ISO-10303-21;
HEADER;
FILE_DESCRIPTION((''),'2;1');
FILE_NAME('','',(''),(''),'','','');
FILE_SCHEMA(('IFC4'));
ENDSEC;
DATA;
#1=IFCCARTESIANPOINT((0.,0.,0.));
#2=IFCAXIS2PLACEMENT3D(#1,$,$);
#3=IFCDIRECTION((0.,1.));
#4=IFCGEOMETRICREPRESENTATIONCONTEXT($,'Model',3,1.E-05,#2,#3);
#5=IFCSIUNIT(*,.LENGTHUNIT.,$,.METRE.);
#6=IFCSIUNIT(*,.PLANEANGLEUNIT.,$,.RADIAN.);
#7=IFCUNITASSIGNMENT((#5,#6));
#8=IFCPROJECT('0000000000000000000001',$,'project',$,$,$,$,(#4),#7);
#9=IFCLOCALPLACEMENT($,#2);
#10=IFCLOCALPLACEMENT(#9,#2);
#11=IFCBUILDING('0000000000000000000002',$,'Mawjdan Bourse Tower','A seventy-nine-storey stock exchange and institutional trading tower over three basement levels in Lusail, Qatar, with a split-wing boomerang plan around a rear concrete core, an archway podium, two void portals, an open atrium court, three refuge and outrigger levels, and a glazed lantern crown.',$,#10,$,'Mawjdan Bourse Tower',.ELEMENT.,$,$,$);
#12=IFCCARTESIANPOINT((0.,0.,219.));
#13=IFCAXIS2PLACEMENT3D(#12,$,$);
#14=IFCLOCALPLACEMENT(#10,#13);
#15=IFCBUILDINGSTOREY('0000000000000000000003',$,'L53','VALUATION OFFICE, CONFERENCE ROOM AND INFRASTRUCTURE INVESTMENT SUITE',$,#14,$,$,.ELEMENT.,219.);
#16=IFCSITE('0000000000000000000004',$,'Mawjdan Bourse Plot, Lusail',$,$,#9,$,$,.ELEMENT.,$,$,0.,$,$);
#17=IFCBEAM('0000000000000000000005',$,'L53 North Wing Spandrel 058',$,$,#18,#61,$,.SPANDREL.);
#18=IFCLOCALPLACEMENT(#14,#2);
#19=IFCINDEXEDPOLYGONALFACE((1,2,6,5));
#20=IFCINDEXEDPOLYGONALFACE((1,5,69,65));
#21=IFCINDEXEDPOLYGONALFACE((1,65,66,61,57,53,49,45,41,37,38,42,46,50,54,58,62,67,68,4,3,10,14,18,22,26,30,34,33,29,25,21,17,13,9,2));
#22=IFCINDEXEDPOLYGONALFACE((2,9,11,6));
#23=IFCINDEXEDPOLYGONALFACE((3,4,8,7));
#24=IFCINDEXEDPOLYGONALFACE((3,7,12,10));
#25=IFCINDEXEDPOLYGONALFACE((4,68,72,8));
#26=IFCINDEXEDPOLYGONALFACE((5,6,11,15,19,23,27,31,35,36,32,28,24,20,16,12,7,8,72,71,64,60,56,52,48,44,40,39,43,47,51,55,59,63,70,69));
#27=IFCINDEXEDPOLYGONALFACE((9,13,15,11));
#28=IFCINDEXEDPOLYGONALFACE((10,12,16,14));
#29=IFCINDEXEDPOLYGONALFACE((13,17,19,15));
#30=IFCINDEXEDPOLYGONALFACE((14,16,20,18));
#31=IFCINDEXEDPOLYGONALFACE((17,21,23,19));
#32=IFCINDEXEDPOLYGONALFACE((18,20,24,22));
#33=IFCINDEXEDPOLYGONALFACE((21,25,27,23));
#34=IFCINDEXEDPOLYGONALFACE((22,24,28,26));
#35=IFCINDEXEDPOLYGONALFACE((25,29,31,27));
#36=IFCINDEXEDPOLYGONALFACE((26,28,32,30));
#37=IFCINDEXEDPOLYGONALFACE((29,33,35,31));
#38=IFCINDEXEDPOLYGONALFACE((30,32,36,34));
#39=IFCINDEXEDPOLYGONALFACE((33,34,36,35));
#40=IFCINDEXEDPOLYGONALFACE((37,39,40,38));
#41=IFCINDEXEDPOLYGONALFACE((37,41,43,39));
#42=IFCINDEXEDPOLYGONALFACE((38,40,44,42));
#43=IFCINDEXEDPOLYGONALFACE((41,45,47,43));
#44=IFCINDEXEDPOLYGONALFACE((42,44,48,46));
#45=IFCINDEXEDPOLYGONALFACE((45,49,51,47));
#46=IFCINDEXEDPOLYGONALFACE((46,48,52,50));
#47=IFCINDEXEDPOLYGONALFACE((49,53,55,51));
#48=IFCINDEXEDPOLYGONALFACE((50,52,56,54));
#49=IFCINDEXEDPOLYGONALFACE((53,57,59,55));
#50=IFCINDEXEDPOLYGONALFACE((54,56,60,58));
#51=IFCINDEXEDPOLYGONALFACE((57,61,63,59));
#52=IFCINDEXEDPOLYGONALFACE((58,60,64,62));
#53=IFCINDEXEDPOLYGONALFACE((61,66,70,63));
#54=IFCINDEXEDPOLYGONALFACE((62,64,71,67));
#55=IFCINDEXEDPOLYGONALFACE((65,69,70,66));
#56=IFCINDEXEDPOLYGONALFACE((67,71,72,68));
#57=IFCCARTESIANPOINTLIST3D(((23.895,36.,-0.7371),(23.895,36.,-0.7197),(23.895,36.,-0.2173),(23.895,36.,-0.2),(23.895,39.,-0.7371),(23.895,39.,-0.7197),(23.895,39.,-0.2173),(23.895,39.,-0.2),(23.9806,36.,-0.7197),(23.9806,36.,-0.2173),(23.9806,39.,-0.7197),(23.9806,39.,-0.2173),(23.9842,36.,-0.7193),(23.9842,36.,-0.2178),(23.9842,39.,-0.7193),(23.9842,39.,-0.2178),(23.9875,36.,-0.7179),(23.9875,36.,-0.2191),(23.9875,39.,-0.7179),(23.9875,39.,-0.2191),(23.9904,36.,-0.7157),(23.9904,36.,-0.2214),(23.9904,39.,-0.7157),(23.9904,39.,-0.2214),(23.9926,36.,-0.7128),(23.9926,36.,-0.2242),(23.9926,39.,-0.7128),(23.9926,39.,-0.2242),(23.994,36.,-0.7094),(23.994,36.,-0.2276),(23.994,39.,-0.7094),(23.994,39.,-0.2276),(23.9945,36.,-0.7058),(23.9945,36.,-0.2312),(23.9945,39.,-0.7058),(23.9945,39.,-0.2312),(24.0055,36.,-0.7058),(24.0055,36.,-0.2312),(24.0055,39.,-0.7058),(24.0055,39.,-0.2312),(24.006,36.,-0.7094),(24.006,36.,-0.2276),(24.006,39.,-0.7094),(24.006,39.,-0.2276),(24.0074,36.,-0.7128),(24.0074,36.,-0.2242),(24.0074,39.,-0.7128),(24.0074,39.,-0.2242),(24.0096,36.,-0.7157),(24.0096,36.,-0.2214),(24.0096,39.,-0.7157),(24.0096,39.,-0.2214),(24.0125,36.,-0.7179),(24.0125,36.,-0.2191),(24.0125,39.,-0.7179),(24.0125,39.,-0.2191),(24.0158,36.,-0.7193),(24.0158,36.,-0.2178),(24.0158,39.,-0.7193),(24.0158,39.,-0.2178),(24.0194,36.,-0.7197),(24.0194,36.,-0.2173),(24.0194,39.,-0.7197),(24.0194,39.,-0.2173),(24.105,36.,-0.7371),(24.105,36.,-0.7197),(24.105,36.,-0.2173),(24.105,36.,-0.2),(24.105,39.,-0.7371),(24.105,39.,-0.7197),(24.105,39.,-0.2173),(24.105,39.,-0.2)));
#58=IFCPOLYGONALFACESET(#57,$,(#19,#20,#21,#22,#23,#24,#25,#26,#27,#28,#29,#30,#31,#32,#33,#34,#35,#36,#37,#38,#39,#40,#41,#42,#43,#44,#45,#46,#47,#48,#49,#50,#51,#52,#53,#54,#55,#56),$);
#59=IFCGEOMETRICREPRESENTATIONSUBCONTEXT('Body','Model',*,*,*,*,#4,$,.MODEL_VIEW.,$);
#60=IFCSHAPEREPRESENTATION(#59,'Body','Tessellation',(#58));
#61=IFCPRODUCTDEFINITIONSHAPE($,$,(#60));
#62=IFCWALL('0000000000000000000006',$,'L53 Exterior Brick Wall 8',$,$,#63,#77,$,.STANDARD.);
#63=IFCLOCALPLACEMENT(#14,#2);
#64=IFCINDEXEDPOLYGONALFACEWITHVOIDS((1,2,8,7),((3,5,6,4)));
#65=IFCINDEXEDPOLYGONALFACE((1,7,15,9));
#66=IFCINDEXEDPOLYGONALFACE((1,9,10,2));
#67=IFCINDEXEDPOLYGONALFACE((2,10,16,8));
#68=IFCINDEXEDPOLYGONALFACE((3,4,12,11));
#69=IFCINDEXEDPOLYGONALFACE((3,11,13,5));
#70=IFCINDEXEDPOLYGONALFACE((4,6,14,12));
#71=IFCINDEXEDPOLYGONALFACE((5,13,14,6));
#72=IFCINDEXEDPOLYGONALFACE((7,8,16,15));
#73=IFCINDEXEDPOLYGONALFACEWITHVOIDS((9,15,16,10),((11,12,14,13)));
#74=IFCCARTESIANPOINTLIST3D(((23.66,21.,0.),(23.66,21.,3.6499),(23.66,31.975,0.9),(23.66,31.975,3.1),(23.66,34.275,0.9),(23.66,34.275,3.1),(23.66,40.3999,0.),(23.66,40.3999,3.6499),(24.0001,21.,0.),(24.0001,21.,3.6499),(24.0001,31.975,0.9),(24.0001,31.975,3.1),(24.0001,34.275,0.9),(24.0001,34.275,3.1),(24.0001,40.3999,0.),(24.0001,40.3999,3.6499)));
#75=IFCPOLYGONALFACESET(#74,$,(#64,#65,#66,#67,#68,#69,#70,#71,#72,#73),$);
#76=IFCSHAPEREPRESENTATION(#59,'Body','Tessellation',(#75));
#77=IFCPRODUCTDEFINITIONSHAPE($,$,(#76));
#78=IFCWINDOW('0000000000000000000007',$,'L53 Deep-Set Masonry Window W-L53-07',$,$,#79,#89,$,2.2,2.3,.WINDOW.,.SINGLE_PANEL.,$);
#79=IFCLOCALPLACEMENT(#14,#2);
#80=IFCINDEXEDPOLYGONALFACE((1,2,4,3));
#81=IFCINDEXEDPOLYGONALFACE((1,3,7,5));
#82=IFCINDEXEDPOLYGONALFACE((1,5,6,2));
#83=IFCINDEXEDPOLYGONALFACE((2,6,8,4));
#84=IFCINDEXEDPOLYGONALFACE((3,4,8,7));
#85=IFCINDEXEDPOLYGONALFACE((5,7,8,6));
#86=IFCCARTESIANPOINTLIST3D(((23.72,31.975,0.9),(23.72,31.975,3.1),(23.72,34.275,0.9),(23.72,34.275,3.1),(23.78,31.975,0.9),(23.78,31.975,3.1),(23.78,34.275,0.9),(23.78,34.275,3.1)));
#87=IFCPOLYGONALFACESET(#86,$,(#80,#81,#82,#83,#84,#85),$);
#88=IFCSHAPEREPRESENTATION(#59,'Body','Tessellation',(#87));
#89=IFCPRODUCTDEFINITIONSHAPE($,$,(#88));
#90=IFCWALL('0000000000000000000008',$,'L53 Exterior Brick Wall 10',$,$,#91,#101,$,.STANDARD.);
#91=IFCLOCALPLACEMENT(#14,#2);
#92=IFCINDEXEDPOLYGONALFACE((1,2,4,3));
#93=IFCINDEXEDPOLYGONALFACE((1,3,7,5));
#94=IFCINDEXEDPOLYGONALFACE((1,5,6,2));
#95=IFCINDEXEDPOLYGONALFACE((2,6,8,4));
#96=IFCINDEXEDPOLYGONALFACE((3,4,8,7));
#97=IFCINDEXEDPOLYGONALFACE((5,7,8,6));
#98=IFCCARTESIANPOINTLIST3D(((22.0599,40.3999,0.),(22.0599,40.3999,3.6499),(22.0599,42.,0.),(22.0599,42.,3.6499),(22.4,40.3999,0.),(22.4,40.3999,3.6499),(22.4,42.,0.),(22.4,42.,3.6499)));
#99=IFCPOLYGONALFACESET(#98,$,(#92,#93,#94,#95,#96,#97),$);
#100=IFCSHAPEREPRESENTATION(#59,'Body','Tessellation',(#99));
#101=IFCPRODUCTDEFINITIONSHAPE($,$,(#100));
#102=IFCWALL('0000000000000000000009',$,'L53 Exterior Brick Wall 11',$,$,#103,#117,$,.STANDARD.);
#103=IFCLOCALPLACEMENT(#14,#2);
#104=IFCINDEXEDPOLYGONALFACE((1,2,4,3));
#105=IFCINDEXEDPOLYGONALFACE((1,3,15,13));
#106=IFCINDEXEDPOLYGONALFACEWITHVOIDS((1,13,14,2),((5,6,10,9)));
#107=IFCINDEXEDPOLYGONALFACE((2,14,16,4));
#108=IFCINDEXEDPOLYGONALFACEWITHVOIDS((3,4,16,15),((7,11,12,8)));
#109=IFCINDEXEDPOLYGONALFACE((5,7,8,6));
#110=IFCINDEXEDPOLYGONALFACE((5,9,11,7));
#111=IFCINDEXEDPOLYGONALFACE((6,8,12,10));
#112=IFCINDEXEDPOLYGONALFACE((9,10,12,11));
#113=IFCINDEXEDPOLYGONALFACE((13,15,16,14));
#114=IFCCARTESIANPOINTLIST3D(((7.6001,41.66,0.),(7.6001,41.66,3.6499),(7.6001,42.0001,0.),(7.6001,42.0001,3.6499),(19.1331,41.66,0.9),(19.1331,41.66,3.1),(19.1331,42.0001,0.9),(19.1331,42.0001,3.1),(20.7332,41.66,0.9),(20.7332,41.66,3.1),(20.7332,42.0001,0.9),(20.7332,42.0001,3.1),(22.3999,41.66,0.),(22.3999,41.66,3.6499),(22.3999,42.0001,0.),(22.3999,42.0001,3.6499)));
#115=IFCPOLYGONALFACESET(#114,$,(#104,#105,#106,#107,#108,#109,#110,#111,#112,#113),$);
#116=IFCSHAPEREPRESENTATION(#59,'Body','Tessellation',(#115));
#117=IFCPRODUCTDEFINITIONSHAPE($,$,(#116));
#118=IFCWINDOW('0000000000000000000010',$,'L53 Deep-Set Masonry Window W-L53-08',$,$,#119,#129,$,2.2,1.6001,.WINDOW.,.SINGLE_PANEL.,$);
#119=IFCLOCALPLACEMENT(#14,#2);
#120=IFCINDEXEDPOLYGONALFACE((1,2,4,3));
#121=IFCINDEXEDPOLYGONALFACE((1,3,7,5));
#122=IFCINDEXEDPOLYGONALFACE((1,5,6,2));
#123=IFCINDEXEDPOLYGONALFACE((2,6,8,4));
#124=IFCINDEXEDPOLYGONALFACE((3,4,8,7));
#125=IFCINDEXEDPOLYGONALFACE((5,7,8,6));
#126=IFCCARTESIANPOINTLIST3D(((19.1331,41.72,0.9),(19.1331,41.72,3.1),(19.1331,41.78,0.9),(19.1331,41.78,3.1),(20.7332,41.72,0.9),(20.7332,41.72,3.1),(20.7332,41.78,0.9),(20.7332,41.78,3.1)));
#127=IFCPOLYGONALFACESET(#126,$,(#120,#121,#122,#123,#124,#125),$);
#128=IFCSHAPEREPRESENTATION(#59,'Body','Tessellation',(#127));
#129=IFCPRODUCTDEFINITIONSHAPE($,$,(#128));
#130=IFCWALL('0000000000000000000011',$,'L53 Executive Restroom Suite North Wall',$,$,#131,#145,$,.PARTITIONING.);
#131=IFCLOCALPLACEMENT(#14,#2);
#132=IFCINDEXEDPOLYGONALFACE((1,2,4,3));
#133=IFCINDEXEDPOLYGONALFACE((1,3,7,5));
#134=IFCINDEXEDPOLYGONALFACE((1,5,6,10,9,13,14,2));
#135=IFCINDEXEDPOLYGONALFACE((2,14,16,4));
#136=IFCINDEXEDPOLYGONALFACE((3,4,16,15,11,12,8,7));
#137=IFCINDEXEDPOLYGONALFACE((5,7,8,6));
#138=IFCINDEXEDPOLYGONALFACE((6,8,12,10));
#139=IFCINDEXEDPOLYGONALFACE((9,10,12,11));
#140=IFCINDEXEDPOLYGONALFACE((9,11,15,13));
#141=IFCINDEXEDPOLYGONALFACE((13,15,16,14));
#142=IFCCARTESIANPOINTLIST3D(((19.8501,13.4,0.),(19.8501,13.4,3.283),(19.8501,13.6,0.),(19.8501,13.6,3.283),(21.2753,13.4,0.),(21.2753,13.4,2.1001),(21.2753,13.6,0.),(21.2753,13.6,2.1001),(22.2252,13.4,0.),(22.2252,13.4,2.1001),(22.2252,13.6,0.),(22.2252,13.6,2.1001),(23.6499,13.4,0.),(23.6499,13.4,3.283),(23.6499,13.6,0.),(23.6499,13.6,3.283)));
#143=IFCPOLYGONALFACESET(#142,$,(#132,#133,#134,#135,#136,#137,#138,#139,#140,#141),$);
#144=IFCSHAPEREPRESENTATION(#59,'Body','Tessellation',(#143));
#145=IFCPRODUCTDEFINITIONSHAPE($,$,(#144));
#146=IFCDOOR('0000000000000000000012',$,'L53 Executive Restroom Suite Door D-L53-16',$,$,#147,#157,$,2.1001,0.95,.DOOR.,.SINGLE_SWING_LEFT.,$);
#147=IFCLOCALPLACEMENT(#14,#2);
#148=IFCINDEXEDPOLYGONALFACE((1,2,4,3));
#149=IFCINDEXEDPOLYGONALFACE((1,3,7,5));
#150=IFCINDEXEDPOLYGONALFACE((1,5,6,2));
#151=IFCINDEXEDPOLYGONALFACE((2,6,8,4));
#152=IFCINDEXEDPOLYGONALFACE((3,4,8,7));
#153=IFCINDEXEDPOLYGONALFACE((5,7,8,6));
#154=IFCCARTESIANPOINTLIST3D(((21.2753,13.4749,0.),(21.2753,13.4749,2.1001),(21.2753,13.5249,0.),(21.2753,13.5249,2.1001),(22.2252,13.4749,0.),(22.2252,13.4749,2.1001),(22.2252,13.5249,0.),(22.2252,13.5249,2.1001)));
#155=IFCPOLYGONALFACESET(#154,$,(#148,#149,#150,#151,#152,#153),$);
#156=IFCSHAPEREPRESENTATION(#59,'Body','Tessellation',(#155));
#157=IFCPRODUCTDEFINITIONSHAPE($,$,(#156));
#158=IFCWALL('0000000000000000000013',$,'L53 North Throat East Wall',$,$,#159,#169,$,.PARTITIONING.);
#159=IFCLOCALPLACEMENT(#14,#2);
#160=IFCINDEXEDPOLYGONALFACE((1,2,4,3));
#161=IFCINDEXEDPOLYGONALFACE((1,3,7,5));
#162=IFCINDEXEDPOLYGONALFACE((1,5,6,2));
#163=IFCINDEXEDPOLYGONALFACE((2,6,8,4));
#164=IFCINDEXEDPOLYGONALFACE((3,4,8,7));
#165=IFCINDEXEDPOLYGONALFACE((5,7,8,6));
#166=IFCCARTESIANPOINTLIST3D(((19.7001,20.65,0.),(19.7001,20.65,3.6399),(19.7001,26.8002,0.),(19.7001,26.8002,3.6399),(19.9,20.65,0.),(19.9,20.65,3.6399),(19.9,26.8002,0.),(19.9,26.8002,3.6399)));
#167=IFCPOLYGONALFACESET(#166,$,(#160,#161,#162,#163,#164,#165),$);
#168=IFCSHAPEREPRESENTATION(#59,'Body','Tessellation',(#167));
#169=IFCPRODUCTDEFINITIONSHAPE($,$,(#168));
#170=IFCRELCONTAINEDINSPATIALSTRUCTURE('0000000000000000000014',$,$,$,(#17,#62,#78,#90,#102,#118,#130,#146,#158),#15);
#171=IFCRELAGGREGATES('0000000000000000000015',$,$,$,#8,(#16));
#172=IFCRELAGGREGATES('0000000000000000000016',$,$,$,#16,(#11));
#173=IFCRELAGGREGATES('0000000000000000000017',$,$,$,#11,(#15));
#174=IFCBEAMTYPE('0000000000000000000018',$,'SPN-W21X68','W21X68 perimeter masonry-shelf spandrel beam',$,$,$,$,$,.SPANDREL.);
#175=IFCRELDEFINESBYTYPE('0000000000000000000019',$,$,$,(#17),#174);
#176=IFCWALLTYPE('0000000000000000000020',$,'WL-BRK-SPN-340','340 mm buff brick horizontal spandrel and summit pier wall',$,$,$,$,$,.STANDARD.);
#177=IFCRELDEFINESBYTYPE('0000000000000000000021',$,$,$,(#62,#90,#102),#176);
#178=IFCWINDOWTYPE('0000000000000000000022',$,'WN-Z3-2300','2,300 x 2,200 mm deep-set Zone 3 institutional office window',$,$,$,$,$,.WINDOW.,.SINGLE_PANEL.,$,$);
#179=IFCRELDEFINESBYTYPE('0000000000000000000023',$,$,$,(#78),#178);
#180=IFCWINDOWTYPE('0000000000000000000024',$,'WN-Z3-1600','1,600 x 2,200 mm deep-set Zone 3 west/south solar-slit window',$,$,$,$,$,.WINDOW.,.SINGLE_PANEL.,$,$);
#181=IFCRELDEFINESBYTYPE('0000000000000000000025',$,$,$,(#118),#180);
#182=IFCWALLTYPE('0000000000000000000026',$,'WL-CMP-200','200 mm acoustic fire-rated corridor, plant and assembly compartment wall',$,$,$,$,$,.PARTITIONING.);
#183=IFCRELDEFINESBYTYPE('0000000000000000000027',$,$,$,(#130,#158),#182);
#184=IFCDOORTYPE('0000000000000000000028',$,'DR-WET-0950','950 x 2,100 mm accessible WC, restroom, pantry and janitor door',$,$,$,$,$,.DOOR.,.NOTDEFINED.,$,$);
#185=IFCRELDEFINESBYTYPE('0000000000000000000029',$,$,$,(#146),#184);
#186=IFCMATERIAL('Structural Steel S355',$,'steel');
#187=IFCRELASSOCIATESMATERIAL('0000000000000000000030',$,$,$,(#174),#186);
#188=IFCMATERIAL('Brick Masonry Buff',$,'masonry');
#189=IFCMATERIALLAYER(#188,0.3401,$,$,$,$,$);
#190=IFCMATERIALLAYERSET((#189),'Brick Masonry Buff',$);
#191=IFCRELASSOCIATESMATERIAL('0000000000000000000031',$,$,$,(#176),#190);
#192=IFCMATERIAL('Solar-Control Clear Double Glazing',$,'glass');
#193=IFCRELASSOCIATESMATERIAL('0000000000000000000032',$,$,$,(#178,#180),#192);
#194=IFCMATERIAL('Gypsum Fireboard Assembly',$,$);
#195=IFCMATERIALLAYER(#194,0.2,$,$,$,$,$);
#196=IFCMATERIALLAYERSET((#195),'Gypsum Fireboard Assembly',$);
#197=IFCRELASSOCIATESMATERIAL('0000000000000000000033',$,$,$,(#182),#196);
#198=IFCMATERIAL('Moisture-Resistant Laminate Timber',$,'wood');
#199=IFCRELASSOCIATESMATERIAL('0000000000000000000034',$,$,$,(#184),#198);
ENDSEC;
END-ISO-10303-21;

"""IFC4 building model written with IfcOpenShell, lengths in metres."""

from ifc_helpers import new_model, si_unit, direction, frame, frame_2d, origin, origin_2d, place, context, subcontext, project, spatial, rectangle, i_section, extrude, material, layer, layer_set, material_profile, profile_set, type_object, element, fill, save


model = new_model("IFC4")

# Units and contexts
model_context = context("Model", 3, precision=1e-05, world=origin(), true_north=direction((0.0, 1.0)))
body_context = subcontext(model_context, "Body", "Model", "MODEL_VIEW")
ifc_project = project(units=[si_unit("LENGTHUNIT", "METRE"), si_unit("PLANEANGLEUNIT", "RADIAN")], contexts=[model_context])

# Site, building, storey
site_placement = place(None, origin())
site = spatial("IfcSite", under=ifc_project, at=site_placement, Name="Mawjdan Bourse Plot, Lusail", CompositionType="ELEMENT", RefElevation=0.0)
building_placement = place(site_placement, origin())
building = spatial("IfcBuilding", under=site, at=building_placement, Name="Mawjdan Bourse Tower", Description="A seventy-nine-storey stock exchange and institutional trading tower over three basement levels in Lusail, Qatar, with a split-wing boomerang plan around a rear concrete core, an archway podium, two void portals, an open atrium court, three refuge and outrigger levels, and a glazed lantern crown.", LongName="Mawjdan Bourse Tower", CompositionType="ELEMENT")
storey_placement = place(building_placement, frame((0.0, 0.0, 219.0)))
storey = spatial("IfcBuildingStorey", under=building, at=storey_placement, Name="L53", Description="VALUATION OFFICE, CONFERENCE ROOM AND INFRASTRUCTURE INVESTMENT SUITE", CompositionType="ELEMENT", Elevation=219.0)

# Beam
ifc_material_1 = material(Name="Structural Steel S355", Category="steel")
ifc_material_profile_1 = material_profile(ifc_material_1, i_section(OverallWidth=0.21, OverallDepth=0.5371, WebThickness=0.011, FlangeThickness=0.0173, FilletRadius=0.0139, at=origin_2d()), Name="W21X68")
ifc_profile_set_1 = profile_set([ifc_material_profile_1], Name="Structural Steel S355")
beam_type_1 = type_object("IfcBeamType", Name="SPN-W21X68", Description="W21X68 perimeter masonry-shelf spandrel beam", PredefinedType="SPANDREL", material=ifc_profile_set_1)
beam_1_placement = place(storey_placement, frame((24.0, 36.0, -0.4685), z_axis=(0.0, 1.0, 0.0), x_axis=(-1.0, 0.0, 0.0)))
element("IfcBeam", 1, at=beam_1_placement, inside=storey, type_object=beam_type_1, Name="L53 North Wing Spandrel 058", PredefinedType="SPANDREL", context=body_context, shape_type="SweptSolid", body=[
    extrude(i_section(OverallWidth=0.21, OverallDepth=0.5371, WebThickness=0.011, FlangeThickness=0.0173, FilletRadius=0.0139, at=origin_2d()), origin(), (0.0, 0.0, 1.0), 3.0),
])

# Wall, opening, window
ifc_material_2 = material(Name="Brick Masonry Buff", Category="masonry")
ifc_layer_1 = layer(ifc_material_2, 0.3401)
ifc_layer_set_1 = layer_set([ifc_layer_1], Name="Brick Masonry Buff")
wall_type_1 = type_object("IfcWallType", Name="WL-BRK-SPN-340", Description="340 mm buff brick horizontal spandrel and summit pier wall", PredefinedType="STANDARD", material=ifc_layer_set_1)
wall_1_placement = place(storey_placement, frame((23.8301, 21.0, 0.0), z_axis=(0.0, 0.0, 1.0), x_axis=(0.0, 1.0, 0.0)))
wall_1 = element("IfcWall", 2, at=wall_1_placement, inside=storey, type_object=wall_type_1, Name="L53 Exterior Brick Wall 8", PredefinedType="STANDARD", context=body_context, shape_type="SweptSolid", body=[
    extrude(rectangle(XDim=19.3999, YDim=0.3401, at=frame_2d((9.7, 0.0))), origin(), (0.0, 0.0, 1.0), 3.6499),
])
opening_1_placement = place(wall_1_placement, frame((10.9751, 0.0, 0.8999)))
opening_1 = element("IfcOpeningElement", 3, at=opening_1_placement, cuts=wall_1, PredefinedType="OPENING", context=body_context, shape_type="SweptSolid", body=[
    extrude(rectangle(XDim=2.3, YDim=2.2, at=frame_2d((1.1499, 1.1001))), frame((0.0, 0.1802, 0.0), z_axis=(0.0, -1.0, 0.0), x_axis=(1.0, 0.0, 0.0)), (0.0, 0.0, 1.0), 0.3601),
])
ifc_material_3 = material(Name="Solar-Control Clear Double Glazing", Category="glass")
window_type_1 = type_object("IfcWindowType", Name="WN-Z3-2300", Description="2,300 x 2,200 mm deep-set Zone 3 institutional office window", PartitioningType="SINGLE_PANEL", PredefinedType="WINDOW", material=ifc_material_3)
window_1_placement = place(opening_1_placement, origin())
window_1 = element("IfcWindow", 4, at=window_1_placement, inside=storey, type_object=window_type_1, Name="L53 Deep-Set Masonry Window W-L53-07", OverallHeight=2.2, OverallWidth=2.3, PartitioningType="SINGLE_PANEL", PredefinedType="WINDOW", context=body_context, shape_type="SweptSolid", body=[
    extrude(rectangle(XDim=2.3, YDim=2.2, at=frame_2d((1.1499, 1.1001))), frame((0.0, 0.1101, 0.0), z_axis=(0.0, -1.0, 0.0), x_axis=(1.0, 0.0, 0.0)), (0.0, 0.0, 1.0), 0.0601),
])
fill(opening_1, window_1)

# Wall
wall_2_placement = place(storey_placement, frame((22.23, 40.3999, 0.0), z_axis=(0.0, 0.0, 1.0), x_axis=(0.0, 1.0, 0.0)))
element("IfcWall", 5, at=wall_2_placement, inside=storey, type_object=wall_type_1, Name="L53 Exterior Brick Wall 10", PredefinedType="STANDARD", context=body_context, shape_type="SweptSolid", body=[
    extrude(rectangle(XDim=1.6001, YDim=0.3401, at=frame_2d((0.8, 0.0))), origin(), (0.0, 0.0, 1.0), 3.6499),
])

# Wall, opening, window
wall_3_placement = place(storey_placement, frame((22.3999, 41.8301, 0.0), z_axis=(0.0, 0.0, 1.0), x_axis=(-1.0, 0.0, 0.0)))
wall_3 = element("IfcWall", 6, at=wall_3_placement, inside=storey, type_object=wall_type_1, Name="L53 Exterior Brick Wall 11", PredefinedType="STANDARD", context=body_context, shape_type="SweptSolid", body=[
    extrude(rectangle(XDim=14.7998, YDim=0.3401, at=frame_2d((7.3999, 0.0))), origin(), (0.0, 0.0, 1.0), 3.6499),
])
opening_2_placement = place(wall_3_placement, frame((1.6667, 0.0, 0.8999)))
opening_2 = element("IfcOpeningElement", 7, at=opening_2_placement, cuts=wall_3, PredefinedType="OPENING", context=body_context, shape_type="SweptSolid", body=[
    extrude(rectangle(XDim=1.6001, YDim=2.2, at=frame_2d((0.8, 1.1001))), frame((0.0, 0.1802, 0.0), z_axis=(0.0, -1.0, 0.0), x_axis=(1.0, 0.0, 0.0)), (0.0, 0.0, 1.0), 0.3601),
])
window_type_2 = type_object("IfcWindowType", Name="WN-Z3-1600", Description="1,600 x 2,200 mm deep-set Zone 3 west/south solar-slit window", PartitioningType="SINGLE_PANEL", PredefinedType="WINDOW", material=ifc_material_3)
window_2_placement = place(opening_2_placement, origin())
window_2 = element("IfcWindow", 8, at=window_2_placement, inside=storey, type_object=window_type_2, Name="L53 Deep-Set Masonry Window W-L53-08", OverallHeight=2.2, OverallWidth=1.6001, PartitioningType="SINGLE_PANEL", PredefinedType="WINDOW", context=body_context, shape_type="SweptSolid", body=[
    extrude(rectangle(XDim=1.6001, YDim=2.2, at=frame_2d((0.8, 1.1001))), frame((0.0, 0.1101, 0.0), z_axis=(0.0, -1.0, 0.0), x_axis=(1.0, 0.0, 0.0)), (0.0, 0.0, 1.0), 0.0601),
])
fill(opening_2, window_2)

# Wall, opening, door
ifc_material_4 = material(Name="Gypsum Fireboard Assembly")
ifc_layer_2 = layer(ifc_material_4, 0.2)
ifc_layer_set_2 = layer_set([ifc_layer_2], Name="Gypsum Fireboard Assembly")
wall_type_2 = type_object("IfcWallType", Name="WL-CMP-200", Description="200 mm acoustic fire-rated corridor, plant and assembly compartment wall", PredefinedType="PARTITIONING", material=ifc_layer_set_2)
wall_4_placement = place(storey_placement, frame((19.8501, 13.5, 0.0), z_axis=(0.0, 0.0, 1.0), x_axis=(1.0, 0.0, 0.0)))
wall_4 = element("IfcWall", 9, at=wall_4_placement, inside=storey, type_object=wall_type_2, Name="L53 Executive Restroom Suite North Wall", PredefinedType="PARTITIONING", context=body_context, shape_type="SweptSolid", body=[
    extrude(rectangle(XDim=3.7998, YDim=0.2, at=frame_2d((1.8999, 0.0))), origin(), (0.0, 0.0, 1.0), 3.283),
])
opening_3_placement = place(wall_4_placement, frame((1.425, 0.0, 0.0)))
opening_3 = element("IfcOpeningElement", 10, at=opening_3_placement, cuts=wall_4, PredefinedType="OPENING", context=body_context, shape_type="SweptSolid", body=[
    extrude(rectangle(XDim=0.95, YDim=2.1001, at=frame_2d((0.4751, 1.05))), frame((0.0, 0.1099, 0.0), z_axis=(0.0, -1.0, 0.0), x_axis=(1.0, 0.0, 0.0)), (0.0, 0.0, 1.0), 0.22),
])
ifc_material_5 = material(Name="Moisture-Resistant Laminate Timber", Category="wood")
door_type_1 = type_object("IfcDoorType", Name="DR-WET-0950", Description="950 x 2,100 mm accessible WC, restroom, pantry and janitor door", OperationType="NOTDEFINED", PredefinedType="DOOR", material=ifc_material_5)
door_1_placement = place(opening_3_placement, origin())
door_1 = element("IfcDoor", 11, at=door_1_placement, inside=storey, type_object=door_type_1, Name="L53 Executive Restroom Suite Door D-L53-16", OperationType="SINGLE_SWING_LEFT", OverallHeight=2.1001, OverallWidth=0.95, PredefinedType="DOOR", context=body_context, shape_type="SweptSolid", body=[
    extrude(rectangle(XDim=0.95, YDim=2.1001, at=frame_2d((0.4751, 1.05))), frame((0.0, 0.0249, 0.0), z_axis=(0.0, -1.0, 0.0), x_axis=(1.0, 0.0, 0.0)), (0.0, 0.0, 1.0), 0.05),
])
fill(opening_3, door_1)

# Wall
wall_5_placement = place(storey_placement, frame((19.8, 20.6499, 0.0), z_axis=(0.0, 0.0, 1.0), x_axis=(0.0, 1.0, 0.0)))
element("IfcWall", 12, at=wall_5_placement, inside=storey, type_object=wall_type_2, Name="L53 North Throat East Wall", PredefinedType="PARTITIONING", context=body_context, shape_type="SweptSolid", body=[
    extrude(rectangle(XDim=6.1501, YDim=0.2, at=frame_2d((3.0752, 0.0))), origin(), (0.0, 0.0, 1.0), 3.6399),
])

save(model, "model.ifc")
